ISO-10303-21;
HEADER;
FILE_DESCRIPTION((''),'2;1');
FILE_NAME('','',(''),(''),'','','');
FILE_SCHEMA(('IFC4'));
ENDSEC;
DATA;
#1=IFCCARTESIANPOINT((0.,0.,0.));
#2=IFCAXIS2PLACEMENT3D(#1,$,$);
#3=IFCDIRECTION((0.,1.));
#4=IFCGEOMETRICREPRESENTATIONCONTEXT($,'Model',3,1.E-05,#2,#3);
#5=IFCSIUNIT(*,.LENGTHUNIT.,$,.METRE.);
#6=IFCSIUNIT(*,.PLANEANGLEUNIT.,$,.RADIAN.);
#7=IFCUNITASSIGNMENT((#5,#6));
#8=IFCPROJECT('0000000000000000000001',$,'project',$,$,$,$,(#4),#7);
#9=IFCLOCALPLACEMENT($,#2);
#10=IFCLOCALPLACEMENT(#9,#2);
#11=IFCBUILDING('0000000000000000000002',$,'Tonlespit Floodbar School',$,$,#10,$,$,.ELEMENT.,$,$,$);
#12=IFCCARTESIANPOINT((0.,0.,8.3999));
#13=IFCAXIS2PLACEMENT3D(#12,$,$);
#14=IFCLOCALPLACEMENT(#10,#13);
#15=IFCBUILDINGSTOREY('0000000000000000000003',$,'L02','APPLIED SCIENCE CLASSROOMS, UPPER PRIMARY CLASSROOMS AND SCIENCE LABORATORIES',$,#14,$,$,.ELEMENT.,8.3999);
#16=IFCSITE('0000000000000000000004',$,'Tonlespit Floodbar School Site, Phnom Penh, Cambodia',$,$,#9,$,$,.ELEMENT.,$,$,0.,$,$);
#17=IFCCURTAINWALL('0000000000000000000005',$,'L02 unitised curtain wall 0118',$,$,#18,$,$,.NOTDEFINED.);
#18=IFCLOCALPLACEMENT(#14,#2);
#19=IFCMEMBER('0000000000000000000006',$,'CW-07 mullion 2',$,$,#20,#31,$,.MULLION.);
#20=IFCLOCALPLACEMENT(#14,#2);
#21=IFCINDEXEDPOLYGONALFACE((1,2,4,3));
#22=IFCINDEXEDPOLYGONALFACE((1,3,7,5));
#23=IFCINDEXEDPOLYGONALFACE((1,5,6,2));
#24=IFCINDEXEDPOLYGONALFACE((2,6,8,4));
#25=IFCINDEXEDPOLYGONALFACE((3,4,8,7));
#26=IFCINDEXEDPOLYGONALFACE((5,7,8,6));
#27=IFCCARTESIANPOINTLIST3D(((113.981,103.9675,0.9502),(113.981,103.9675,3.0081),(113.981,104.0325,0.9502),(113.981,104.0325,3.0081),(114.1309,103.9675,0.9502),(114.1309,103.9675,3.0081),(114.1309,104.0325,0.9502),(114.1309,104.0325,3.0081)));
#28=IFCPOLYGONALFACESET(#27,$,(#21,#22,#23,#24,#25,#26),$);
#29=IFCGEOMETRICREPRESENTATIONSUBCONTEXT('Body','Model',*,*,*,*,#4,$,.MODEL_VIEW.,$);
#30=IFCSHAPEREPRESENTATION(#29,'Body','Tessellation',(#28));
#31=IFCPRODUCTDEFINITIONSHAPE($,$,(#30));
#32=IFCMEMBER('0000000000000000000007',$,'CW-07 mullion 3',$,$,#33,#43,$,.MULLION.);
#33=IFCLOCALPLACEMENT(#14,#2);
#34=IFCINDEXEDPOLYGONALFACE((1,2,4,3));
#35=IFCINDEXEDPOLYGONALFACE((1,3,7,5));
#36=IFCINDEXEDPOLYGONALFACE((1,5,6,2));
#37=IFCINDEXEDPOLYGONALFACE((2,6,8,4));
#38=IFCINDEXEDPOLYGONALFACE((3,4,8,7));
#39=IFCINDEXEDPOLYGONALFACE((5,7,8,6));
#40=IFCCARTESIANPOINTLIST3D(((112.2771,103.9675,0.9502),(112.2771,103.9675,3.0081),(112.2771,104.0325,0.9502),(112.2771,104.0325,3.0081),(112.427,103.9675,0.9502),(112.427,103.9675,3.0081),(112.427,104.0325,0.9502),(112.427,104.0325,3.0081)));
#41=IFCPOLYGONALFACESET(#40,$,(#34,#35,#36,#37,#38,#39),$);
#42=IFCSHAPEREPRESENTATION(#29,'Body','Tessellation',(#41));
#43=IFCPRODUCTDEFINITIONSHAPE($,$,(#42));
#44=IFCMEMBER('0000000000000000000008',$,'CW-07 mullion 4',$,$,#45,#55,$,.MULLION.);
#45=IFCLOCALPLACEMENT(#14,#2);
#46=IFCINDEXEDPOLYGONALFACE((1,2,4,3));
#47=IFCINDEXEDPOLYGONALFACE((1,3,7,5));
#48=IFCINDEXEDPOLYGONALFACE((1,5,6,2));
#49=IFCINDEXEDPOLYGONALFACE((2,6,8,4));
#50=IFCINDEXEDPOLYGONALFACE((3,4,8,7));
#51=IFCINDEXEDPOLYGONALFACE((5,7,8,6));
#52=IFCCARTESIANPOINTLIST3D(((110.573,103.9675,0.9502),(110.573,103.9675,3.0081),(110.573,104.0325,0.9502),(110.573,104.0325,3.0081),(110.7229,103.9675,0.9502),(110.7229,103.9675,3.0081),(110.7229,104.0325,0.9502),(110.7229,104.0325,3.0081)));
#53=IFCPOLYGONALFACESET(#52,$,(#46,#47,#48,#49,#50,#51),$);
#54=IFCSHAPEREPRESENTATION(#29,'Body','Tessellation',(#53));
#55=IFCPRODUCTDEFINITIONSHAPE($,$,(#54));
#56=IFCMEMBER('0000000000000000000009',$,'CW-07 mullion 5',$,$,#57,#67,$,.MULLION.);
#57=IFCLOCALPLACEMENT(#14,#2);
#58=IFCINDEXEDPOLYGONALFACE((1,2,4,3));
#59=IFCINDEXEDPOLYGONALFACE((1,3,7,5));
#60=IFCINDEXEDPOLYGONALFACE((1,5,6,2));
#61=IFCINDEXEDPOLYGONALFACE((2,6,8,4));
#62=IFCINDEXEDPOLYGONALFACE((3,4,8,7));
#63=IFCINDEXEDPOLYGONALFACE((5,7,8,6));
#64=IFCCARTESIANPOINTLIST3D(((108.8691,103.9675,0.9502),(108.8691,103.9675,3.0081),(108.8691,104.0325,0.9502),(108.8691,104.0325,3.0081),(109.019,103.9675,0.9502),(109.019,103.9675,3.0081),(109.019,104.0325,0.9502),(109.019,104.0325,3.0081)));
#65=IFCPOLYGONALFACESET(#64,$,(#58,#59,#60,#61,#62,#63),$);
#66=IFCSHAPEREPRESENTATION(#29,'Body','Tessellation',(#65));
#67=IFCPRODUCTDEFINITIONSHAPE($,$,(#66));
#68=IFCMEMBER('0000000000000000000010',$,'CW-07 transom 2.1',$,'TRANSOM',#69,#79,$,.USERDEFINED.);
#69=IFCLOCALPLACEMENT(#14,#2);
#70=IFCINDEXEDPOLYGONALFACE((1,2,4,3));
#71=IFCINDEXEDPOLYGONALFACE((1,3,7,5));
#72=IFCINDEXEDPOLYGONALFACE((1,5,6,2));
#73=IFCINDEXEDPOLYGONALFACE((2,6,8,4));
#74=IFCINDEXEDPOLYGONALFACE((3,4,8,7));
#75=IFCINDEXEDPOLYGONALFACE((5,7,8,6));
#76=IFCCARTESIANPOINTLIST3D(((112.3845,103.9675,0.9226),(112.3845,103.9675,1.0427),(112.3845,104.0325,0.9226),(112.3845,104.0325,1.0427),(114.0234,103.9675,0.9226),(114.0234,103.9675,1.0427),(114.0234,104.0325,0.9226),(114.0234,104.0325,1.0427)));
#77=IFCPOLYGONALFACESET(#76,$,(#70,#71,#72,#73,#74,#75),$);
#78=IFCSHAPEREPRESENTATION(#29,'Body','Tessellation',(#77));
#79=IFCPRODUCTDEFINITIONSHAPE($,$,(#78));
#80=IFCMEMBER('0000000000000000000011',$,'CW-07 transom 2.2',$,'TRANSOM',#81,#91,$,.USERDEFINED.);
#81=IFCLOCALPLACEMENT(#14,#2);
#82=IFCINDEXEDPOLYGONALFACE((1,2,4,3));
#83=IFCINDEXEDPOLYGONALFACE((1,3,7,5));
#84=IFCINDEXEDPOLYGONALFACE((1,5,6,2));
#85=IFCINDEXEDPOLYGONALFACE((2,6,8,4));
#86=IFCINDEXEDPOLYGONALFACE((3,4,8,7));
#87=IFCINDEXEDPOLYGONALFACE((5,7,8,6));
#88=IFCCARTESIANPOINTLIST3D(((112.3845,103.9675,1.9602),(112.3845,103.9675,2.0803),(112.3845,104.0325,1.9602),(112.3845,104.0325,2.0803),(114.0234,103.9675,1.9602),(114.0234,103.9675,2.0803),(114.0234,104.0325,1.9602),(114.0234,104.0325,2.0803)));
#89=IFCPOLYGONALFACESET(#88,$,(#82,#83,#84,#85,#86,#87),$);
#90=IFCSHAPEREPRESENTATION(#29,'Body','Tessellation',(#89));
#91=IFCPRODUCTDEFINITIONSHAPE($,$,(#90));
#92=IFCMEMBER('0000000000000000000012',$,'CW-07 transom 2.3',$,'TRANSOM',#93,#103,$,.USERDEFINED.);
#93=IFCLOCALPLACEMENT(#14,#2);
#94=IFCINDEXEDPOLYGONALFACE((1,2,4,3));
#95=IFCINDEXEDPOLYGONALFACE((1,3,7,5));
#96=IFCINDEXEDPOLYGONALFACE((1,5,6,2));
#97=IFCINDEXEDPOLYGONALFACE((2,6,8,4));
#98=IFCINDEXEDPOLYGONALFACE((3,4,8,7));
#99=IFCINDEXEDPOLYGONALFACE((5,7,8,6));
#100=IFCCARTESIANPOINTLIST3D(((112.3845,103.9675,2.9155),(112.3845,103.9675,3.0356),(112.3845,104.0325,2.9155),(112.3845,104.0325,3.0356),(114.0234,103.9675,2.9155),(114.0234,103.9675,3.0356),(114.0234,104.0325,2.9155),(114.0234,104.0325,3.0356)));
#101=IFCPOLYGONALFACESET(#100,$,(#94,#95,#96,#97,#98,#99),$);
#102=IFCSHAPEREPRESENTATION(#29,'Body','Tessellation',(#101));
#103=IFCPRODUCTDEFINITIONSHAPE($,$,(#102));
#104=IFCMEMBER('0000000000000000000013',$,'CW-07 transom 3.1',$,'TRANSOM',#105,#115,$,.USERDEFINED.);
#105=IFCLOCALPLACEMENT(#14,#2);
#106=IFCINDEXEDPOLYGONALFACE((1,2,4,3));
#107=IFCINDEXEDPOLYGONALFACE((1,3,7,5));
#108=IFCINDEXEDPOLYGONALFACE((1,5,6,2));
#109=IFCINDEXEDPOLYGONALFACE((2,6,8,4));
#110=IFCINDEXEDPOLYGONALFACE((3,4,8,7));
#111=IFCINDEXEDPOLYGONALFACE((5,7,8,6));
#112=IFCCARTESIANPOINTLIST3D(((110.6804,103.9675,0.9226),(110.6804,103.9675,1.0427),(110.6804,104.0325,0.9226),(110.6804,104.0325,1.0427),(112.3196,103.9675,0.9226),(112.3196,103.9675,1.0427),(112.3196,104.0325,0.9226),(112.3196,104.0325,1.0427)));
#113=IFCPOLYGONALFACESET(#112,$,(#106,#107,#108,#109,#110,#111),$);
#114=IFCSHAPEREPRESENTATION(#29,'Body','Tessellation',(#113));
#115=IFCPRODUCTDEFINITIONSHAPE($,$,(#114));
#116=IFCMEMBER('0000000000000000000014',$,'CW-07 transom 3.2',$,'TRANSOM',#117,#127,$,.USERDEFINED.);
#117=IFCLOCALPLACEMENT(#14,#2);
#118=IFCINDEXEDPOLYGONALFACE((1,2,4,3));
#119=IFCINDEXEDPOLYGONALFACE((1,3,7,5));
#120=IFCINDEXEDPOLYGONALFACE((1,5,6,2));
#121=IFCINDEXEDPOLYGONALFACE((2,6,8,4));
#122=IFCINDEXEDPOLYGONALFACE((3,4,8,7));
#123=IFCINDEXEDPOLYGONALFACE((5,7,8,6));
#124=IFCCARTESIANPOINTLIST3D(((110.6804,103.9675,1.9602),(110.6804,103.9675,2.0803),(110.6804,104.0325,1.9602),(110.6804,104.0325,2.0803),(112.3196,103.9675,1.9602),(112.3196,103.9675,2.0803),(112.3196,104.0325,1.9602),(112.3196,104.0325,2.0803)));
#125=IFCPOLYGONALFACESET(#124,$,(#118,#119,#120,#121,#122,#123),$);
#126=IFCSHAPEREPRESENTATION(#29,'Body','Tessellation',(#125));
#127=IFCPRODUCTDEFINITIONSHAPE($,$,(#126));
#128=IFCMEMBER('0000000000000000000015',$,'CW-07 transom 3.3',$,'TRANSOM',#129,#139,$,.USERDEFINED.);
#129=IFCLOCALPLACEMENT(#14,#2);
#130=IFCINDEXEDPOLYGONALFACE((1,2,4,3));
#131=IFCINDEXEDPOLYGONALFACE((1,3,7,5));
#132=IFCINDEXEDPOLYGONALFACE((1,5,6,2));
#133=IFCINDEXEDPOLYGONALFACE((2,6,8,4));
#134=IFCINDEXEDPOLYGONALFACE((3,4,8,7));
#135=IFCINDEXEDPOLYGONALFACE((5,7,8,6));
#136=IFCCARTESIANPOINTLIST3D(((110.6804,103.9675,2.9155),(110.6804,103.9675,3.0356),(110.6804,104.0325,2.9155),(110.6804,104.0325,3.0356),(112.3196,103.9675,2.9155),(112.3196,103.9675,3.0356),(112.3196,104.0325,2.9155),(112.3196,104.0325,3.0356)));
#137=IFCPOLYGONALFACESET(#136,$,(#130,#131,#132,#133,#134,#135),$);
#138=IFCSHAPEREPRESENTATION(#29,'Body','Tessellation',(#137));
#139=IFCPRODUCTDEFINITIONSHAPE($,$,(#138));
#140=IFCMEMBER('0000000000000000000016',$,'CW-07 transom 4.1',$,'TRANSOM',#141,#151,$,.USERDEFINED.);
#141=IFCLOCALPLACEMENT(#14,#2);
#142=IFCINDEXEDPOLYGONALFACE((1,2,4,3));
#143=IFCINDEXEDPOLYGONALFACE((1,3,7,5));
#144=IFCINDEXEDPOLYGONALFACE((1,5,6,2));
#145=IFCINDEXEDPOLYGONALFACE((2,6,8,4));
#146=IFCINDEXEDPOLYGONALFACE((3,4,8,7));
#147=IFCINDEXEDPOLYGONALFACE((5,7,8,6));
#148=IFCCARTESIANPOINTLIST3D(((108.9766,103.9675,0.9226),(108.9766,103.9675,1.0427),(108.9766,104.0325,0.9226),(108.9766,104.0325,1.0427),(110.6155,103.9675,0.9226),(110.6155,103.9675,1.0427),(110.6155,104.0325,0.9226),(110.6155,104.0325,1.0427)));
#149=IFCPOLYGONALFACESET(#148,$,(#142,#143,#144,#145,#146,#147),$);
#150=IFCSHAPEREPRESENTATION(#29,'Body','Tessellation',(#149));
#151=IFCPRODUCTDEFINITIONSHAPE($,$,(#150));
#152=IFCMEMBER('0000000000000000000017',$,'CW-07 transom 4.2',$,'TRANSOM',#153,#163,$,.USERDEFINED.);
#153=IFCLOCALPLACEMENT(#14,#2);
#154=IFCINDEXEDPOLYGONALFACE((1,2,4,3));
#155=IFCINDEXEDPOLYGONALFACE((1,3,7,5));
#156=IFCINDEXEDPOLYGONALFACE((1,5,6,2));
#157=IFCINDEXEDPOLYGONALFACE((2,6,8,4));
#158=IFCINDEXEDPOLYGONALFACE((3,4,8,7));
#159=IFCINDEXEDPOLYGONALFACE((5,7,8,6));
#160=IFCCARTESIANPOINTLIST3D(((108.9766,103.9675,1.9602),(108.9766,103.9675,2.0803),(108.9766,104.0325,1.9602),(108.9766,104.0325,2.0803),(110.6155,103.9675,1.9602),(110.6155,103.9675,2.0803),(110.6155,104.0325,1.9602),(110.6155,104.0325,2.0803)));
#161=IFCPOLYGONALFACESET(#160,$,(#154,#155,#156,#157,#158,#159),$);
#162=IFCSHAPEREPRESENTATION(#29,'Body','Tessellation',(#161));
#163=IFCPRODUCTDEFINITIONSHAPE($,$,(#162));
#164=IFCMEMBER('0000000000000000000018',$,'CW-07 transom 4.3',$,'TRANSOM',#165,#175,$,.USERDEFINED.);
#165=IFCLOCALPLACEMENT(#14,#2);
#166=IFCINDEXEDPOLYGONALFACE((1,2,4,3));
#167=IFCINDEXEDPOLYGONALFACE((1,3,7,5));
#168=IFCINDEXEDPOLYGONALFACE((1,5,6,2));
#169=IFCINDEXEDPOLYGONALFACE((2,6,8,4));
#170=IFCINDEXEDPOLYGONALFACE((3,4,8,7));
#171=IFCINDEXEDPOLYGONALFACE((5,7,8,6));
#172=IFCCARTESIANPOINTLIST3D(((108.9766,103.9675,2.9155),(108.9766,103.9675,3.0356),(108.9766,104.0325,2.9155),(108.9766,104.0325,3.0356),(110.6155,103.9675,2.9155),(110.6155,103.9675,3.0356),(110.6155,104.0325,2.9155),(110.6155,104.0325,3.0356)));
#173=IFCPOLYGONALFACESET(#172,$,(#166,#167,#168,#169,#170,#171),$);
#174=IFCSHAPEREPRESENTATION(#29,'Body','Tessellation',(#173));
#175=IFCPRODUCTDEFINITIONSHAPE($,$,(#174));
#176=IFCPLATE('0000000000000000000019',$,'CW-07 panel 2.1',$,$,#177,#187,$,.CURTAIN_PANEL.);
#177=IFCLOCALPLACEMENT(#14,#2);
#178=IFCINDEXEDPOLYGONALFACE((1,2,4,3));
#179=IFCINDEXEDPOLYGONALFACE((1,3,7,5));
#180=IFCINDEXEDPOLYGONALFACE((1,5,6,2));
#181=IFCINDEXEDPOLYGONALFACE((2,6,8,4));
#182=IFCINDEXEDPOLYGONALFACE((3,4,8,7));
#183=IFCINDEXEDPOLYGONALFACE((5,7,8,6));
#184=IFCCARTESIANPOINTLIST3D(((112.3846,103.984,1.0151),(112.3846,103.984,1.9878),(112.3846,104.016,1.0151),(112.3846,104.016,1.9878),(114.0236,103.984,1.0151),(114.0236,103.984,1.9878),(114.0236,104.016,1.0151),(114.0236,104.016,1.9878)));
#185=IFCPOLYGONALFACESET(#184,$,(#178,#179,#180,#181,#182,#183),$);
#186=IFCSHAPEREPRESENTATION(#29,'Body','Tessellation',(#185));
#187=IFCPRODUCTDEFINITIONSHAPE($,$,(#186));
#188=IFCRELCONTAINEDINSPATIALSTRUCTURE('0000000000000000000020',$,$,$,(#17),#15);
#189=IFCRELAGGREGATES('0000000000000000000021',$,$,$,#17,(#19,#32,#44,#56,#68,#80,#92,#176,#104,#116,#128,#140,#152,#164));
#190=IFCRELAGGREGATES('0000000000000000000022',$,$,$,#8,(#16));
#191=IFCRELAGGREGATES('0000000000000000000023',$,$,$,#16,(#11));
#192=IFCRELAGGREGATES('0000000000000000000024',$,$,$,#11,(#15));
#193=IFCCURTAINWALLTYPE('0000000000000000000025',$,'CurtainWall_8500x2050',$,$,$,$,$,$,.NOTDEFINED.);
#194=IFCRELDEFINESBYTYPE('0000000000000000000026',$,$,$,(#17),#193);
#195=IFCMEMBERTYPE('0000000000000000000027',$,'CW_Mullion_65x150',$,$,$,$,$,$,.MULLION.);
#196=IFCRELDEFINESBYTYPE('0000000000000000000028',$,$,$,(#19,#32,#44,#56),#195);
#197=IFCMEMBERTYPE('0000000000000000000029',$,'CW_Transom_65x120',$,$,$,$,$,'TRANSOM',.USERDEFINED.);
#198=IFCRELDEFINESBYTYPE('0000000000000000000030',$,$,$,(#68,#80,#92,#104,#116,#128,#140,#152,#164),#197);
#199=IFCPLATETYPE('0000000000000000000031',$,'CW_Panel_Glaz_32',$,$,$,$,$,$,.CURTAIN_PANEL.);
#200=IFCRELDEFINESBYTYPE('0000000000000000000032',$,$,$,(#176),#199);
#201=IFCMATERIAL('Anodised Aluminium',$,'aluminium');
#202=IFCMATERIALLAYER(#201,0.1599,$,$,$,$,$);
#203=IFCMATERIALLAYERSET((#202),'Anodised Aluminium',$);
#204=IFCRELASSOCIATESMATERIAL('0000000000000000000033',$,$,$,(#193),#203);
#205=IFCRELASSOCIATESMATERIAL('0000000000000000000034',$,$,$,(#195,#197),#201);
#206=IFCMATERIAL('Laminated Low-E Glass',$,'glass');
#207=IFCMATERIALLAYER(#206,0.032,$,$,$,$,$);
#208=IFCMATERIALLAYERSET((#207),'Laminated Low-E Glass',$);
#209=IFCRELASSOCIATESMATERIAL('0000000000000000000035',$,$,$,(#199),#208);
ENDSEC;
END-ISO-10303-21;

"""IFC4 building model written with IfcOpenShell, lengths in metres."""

from ifc_helpers import new_model, si_unit, direction, frame, origin, origin_2d, place, context, subcontext, project, spatial, rectangle, extrude, material, layer, layer_set, material_profile, profile_set, type_object, element, aggregate, save


model = new_model("IFC4")

# Units and contexts
model_context = context("Model", 3, precision=1e-05, world=origin(), true_north=direction((0.0, 1.0)))
body_context = subcontext(model_context, "Body", "Model", "MODEL_VIEW")
ifc_project = project(units=[si_unit("LENGTHUNIT", "METRE"), si_unit("PLANEANGLEUNIT", "RADIAN")], contexts=[model_context])

# Site, building, storey
site_placement = place(None, origin())
site = spatial("IfcSite", under=ifc_project, at=site_placement, Name="Tonlespit Floodbar School Site, Phnom Penh, Cambodia", CompositionType="ELEMENT", RefElevation=0.0)
building_placement = place(site_placement, origin())
building = spatial("IfcBuilding", under=site, at=building_placement, Name="Tonlespit Floodbar School", CompositionType="ELEMENT")
storey_placement = place(building_placement, frame((0.0, 0.0, 8.3999)))
storey = spatial("IfcBuildingStorey", under=building, at=storey_placement, Name="L02", Description="APPLIED SCIENCE CLASSROOMS, UPPER PRIMARY CLASSROOMS AND SCIENCE LABORATORIES", CompositionType="ELEMENT", Elevation=8.3999)

# Curtain wall, members, plate
ifc_material_1 = material(Name="Anodised Aluminium", Category="aluminium")
ifc_layer_1 = layer(ifc_material_1, 0.1599)
ifc_layer_set_1 = layer_set([ifc_layer_1], Name="Anodised Aluminium")
curtain_wall_type = type_object("IfcCurtainWallType", Name="CurtainWall_8500x2050", PredefinedType="NOTDEFINED", material=ifc_layer_set_1)
curtain_wall_placement = place(storey_placement, origin())
curtain_wall = element("IfcCurtainWall", 1, at=curtain_wall_placement, inside=storey, type_object=curtain_wall_type, Name="L02 unitised curtain wall 0118", PredefinedType="NOTDEFINED")
ifc_material_profile_1 = material_profile(ifc_material_1, rectangle(XDim=0.0649, YDim=0.1499, at=origin_2d()), Name="ALU M65x150")
ifc_profile_set_1 = profile_set([ifc_material_profile_1], Name="Anodised Aluminium")
member_type_1 = type_object("IfcMemberType", Name="CW_Mullion_65x150", PredefinedType="MULLION", material=ifc_profile_set_1)
member_1_placement = place(storey_placement, frame((114.0559, 104.0, 0.9502), z_axis=(0.0, 0.0, 1.0), x_axis=(0.0, -1.0, 0.0)))
member_1 = element("IfcMember", 2, at=member_1_placement, type_object=member_type_1, Name="CW-07 mullion 2", PredefinedType="MULLION", context=body_context, shape_type="SweptSolid", body=[
    extrude(rectangle(XDim=0.0649, YDim=0.1499, at=origin_2d()), origin(), (0.0, 0.0, 1.0), 2.0579),
])
member_2_placement = place(storey_placement, frame((112.3521, 104.0, 0.9502), z_axis=(0.0, 0.0, 1.0), x_axis=(0.0, -1.0, 0.0)))
member_2 = element("IfcMember", 3, at=member_2_placement, type_object=member_type_1, Name="CW-07 mullion 3", PredefinedType="MULLION", context=body_context, shape_type="SweptSolid", body=[
    extrude(rectangle(XDim=0.0649, YDim=0.1499, at=origin_2d()), origin(), (0.0, 0.0, 1.0), 2.0579),
])
member_3_placement = place(storey_placement, frame((110.6479, 104.0, 0.9502), z_axis=(0.0, 0.0, 1.0), x_axis=(0.0, -1.0, 0.0)))
member_3 = element("IfcMember", 4, at=member_3_placement, type_object=member_type_1, Name="CW-07 mullion 4", PredefinedType="MULLION", context=body_context, shape_type="SweptSolid", body=[
    extrude(rectangle(XDim=0.0649, YDim=0.1499, at=origin_2d()), origin(), (0.0, 0.0, 1.0), 2.0579),
])
member_4_placement = place(storey_placement, frame((108.9441, 104.0, 0.9502), z_axis=(0.0, 0.0, 1.0), x_axis=(0.0, -1.0, 0.0)))
member_4 = element("IfcMember", 5, at=member_4_placement, type_object=member_type_1, Name="CW-07 mullion 5", PredefinedType="MULLION", context=body_context, shape_type="SweptSolid", body=[
    extrude(rectangle(XDim=0.0649, YDim=0.1499, at=origin_2d()), origin(), (0.0, 0.0, 1.0), 2.0579),
])
ifc_material_profile_2 = material_profile(ifc_material_1, rectangle(XDim=0.0649, YDim=0.1201, at=origin_2d()), Name="ALU T65x120")
ifc_profile_set_2 = profile_set([ifc_material_profile_2], Name="Anodised Aluminium")
member_type_2 = type_object("IfcMemberType", Name="CW_Transom_65x120", ElementType="TRANSOM", PredefinedType="USERDEFINED", material=ifc_profile_set_2)
member_5_placement = place(storey_placement, frame((114.0234, 104.0, 0.9827), z_axis=(-1.0, 0.0, 0.0), x_axis=(0.0, -1.0, 0.0)))
member_5 = element("IfcMember", 6, at=member_5_placement, type_object=member_type_2, Name="CW-07 transom 2.1", ObjectType="TRANSOM", PredefinedType="USERDEFINED", context=body_context, shape_type="SweptSolid", body=[
    extrude(rectangle(XDim=0.0649, YDim=0.1201, at=origin_2d()), origin(), (0.0, 0.0, 1.0), 1.6389),
])
member_6_placement = place(storey_placement, frame((114.0234, 104.0, 2.0203), z_axis=(-1.0, 0.0, 0.0), x_axis=(0.0, -1.0, 0.0)))
member_6 = element("IfcMember", 7, at=member_6_placement, type_object=member_type_2, Name="CW-07 transom 2.2", ObjectType="TRANSOM", PredefinedType="USERDEFINED", context=body_context, shape_type="SweptSolid", body=[
    extrude(rectangle(XDim=0.0649, YDim=0.1201, at=origin_2d()), origin(), (0.0, 0.0, 1.0), 1.6389),
])
member_7_placement = place(storey_placement, frame((114.0234, 104.0, 2.9756), z_axis=(-1.0, 0.0, 0.0), x_axis=(0.0, -1.0, 0.0)))
member_7 = element("IfcMember", 8, at=member_7_placement, type_object=member_type_2, Name="CW-07 transom 2.3", ObjectType="TRANSOM", PredefinedType="USERDEFINED", context=body_context, shape_type="SweptSolid", body=[
    extrude(rectangle(XDim=0.0649, YDim=0.1201, at=origin_2d()), origin(), (0.0, 0.0, 1.0), 1.6389),
])
member_8_placement = place(storey_placement, frame((112.3196, 104.0, 0.9827), z_axis=(-1.0, 0.0, 0.0), x_axis=(0.0, -1.0, 0.0)))
member_8 = element("IfcMember", 9, at=member_8_placement, type_object=member_type_2, Name="CW-07 transom 3.1", ObjectType="TRANSOM", PredefinedType="USERDEFINED", context=body_context, shape_type="SweptSolid", body=[
    extrude(rectangle(XDim=0.0649, YDim=0.1201, at=origin_2d()), origin(), (0.0, 0.0, 1.0), 1.6392),
])
member_9_placement = place(storey_placement, frame((112.3196, 104.0, 2.0203), z_axis=(-1.0, 0.0, 0.0), x_axis=(0.0, -1.0, 0.0)))
member_9 = element("IfcMember", 10, at=member_9_placement, type_object=member_type_2, Name="CW-07 transom 3.2", ObjectType="TRANSOM", PredefinedType="USERDEFINED", context=body_context, shape_type="SweptSolid", body=[
    extrude(rectangle(XDim=0.0649, YDim=0.1201, at=origin_2d()), origin(), (0.0, 0.0, 1.0), 1.6392),
])
member_10_placement = place(storey_placement, frame((112.3196, 104.0, 2.9756), z_axis=(-1.0, 0.0, 0.0), x_axis=(0.0, -1.0, 0.0)))
member_10 = element("IfcMember", 11, at=member_10_placement, type_object=member_type_2, Name="CW-07 transom 3.3", ObjectType="TRANSOM", PredefinedType="USERDEFINED", context=body_context, shape_type="SweptSolid", body=[
    extrude(rectangle(XDim=0.0649, YDim=0.1201, at=origin_2d()), origin(), (0.0, 0.0, 1.0), 1.6392),
])
member_11_placement = place(storey_placement, frame((110.6155, 104.0, 0.9827), z_axis=(-1.0, 0.0, 0.0), x_axis=(0.0, -1.0, 0.0)))
member_11 = element("IfcMember", 12, at=member_11_placement, type_object=member_type_2, Name="CW-07 transom 4.1", ObjectType="TRANSOM", PredefinedType="USERDEFINED", context=body_context, shape_type="SweptSolid", body=[
    extrude(rectangle(XDim=0.0649, YDim=0.1201, at=origin_2d()), origin(), (0.0, 0.0, 1.0), 1.6389),
])
member_12_placement = place(storey_placement, frame((110.6155, 104.0, 2.0203), z_axis=(-1.0, 0.0, 0.0), x_axis=(0.0, -1.0, 0.0)))
member_12 = element("IfcMember", 13, at=member_12_placement, type_object=member_type_2, Name="CW-07 transom 4.2", ObjectType="TRANSOM", PredefinedType="USERDEFINED", context=body_context, shape_type="SweptSolid", body=[
    extrude(rectangle(XDim=0.0649, YDim=0.1201, at=origin_2d()), origin(), (0.0, 0.0, 1.0), 1.6389),
])
member_13_placement = place(storey_placement, frame((110.6155, 104.0, 2.9756), z_axis=(-1.0, 0.0, 0.0), x_axis=(0.0, -1.0, 0.0)))
member_13 = element("IfcMember", 14, at=member_13_placement, type_object=member_type_2, Name="CW-07 transom 4.3", ObjectType="TRANSOM", PredefinedType="USERDEFINED", context=body_context, shape_type="SweptSolid", body=[
    extrude(rectangle(XDim=0.0649, YDim=0.1201, at=origin_2d()), origin(), (0.0, 0.0, 1.0), 1.6389),
])
ifc_material_2 = material(Name="Laminated Low-E Glass", Category="glass")
ifc_layer_2 = layer(ifc_material_2, 0.032)
ifc_layer_set_2 = layer_set([ifc_layer_2], Name="Laminated Low-E Glass")
plate_type = type_object("IfcPlateType", Name="CW_Panel_Glaz_32", PredefinedType="CURTAIN_PANEL", material=ifc_layer_set_2)
plate_1_placement = place(storey_placement, frame((113.2041, 104.0, 1.0151), z_axis=(0.0, 0.0, 1.0), x_axis=(-1.0, 0.0, 0.0)))
plate_1 = element("IfcPlate", 15, at=plate_1_placement, type_object=plate_type, Name="CW-07 panel 2.1", PredefinedType="CURTAIN_PANEL", context=body_context, shape_type="SweptSolid", body=[
    extrude(rectangle(XDim=1.6389, YDim=0.032, at=origin_2d()), origin(), (0.0, 0.0, 1.0), 0.9727),
])
aggregate(curtain_wall, [member_1, member_2, member_3, member_4, member_5, member_6, member_7, plate_1, member_8, member_9, member_10, member_11, member_12, member_13])

save(model, "model.ifc")
